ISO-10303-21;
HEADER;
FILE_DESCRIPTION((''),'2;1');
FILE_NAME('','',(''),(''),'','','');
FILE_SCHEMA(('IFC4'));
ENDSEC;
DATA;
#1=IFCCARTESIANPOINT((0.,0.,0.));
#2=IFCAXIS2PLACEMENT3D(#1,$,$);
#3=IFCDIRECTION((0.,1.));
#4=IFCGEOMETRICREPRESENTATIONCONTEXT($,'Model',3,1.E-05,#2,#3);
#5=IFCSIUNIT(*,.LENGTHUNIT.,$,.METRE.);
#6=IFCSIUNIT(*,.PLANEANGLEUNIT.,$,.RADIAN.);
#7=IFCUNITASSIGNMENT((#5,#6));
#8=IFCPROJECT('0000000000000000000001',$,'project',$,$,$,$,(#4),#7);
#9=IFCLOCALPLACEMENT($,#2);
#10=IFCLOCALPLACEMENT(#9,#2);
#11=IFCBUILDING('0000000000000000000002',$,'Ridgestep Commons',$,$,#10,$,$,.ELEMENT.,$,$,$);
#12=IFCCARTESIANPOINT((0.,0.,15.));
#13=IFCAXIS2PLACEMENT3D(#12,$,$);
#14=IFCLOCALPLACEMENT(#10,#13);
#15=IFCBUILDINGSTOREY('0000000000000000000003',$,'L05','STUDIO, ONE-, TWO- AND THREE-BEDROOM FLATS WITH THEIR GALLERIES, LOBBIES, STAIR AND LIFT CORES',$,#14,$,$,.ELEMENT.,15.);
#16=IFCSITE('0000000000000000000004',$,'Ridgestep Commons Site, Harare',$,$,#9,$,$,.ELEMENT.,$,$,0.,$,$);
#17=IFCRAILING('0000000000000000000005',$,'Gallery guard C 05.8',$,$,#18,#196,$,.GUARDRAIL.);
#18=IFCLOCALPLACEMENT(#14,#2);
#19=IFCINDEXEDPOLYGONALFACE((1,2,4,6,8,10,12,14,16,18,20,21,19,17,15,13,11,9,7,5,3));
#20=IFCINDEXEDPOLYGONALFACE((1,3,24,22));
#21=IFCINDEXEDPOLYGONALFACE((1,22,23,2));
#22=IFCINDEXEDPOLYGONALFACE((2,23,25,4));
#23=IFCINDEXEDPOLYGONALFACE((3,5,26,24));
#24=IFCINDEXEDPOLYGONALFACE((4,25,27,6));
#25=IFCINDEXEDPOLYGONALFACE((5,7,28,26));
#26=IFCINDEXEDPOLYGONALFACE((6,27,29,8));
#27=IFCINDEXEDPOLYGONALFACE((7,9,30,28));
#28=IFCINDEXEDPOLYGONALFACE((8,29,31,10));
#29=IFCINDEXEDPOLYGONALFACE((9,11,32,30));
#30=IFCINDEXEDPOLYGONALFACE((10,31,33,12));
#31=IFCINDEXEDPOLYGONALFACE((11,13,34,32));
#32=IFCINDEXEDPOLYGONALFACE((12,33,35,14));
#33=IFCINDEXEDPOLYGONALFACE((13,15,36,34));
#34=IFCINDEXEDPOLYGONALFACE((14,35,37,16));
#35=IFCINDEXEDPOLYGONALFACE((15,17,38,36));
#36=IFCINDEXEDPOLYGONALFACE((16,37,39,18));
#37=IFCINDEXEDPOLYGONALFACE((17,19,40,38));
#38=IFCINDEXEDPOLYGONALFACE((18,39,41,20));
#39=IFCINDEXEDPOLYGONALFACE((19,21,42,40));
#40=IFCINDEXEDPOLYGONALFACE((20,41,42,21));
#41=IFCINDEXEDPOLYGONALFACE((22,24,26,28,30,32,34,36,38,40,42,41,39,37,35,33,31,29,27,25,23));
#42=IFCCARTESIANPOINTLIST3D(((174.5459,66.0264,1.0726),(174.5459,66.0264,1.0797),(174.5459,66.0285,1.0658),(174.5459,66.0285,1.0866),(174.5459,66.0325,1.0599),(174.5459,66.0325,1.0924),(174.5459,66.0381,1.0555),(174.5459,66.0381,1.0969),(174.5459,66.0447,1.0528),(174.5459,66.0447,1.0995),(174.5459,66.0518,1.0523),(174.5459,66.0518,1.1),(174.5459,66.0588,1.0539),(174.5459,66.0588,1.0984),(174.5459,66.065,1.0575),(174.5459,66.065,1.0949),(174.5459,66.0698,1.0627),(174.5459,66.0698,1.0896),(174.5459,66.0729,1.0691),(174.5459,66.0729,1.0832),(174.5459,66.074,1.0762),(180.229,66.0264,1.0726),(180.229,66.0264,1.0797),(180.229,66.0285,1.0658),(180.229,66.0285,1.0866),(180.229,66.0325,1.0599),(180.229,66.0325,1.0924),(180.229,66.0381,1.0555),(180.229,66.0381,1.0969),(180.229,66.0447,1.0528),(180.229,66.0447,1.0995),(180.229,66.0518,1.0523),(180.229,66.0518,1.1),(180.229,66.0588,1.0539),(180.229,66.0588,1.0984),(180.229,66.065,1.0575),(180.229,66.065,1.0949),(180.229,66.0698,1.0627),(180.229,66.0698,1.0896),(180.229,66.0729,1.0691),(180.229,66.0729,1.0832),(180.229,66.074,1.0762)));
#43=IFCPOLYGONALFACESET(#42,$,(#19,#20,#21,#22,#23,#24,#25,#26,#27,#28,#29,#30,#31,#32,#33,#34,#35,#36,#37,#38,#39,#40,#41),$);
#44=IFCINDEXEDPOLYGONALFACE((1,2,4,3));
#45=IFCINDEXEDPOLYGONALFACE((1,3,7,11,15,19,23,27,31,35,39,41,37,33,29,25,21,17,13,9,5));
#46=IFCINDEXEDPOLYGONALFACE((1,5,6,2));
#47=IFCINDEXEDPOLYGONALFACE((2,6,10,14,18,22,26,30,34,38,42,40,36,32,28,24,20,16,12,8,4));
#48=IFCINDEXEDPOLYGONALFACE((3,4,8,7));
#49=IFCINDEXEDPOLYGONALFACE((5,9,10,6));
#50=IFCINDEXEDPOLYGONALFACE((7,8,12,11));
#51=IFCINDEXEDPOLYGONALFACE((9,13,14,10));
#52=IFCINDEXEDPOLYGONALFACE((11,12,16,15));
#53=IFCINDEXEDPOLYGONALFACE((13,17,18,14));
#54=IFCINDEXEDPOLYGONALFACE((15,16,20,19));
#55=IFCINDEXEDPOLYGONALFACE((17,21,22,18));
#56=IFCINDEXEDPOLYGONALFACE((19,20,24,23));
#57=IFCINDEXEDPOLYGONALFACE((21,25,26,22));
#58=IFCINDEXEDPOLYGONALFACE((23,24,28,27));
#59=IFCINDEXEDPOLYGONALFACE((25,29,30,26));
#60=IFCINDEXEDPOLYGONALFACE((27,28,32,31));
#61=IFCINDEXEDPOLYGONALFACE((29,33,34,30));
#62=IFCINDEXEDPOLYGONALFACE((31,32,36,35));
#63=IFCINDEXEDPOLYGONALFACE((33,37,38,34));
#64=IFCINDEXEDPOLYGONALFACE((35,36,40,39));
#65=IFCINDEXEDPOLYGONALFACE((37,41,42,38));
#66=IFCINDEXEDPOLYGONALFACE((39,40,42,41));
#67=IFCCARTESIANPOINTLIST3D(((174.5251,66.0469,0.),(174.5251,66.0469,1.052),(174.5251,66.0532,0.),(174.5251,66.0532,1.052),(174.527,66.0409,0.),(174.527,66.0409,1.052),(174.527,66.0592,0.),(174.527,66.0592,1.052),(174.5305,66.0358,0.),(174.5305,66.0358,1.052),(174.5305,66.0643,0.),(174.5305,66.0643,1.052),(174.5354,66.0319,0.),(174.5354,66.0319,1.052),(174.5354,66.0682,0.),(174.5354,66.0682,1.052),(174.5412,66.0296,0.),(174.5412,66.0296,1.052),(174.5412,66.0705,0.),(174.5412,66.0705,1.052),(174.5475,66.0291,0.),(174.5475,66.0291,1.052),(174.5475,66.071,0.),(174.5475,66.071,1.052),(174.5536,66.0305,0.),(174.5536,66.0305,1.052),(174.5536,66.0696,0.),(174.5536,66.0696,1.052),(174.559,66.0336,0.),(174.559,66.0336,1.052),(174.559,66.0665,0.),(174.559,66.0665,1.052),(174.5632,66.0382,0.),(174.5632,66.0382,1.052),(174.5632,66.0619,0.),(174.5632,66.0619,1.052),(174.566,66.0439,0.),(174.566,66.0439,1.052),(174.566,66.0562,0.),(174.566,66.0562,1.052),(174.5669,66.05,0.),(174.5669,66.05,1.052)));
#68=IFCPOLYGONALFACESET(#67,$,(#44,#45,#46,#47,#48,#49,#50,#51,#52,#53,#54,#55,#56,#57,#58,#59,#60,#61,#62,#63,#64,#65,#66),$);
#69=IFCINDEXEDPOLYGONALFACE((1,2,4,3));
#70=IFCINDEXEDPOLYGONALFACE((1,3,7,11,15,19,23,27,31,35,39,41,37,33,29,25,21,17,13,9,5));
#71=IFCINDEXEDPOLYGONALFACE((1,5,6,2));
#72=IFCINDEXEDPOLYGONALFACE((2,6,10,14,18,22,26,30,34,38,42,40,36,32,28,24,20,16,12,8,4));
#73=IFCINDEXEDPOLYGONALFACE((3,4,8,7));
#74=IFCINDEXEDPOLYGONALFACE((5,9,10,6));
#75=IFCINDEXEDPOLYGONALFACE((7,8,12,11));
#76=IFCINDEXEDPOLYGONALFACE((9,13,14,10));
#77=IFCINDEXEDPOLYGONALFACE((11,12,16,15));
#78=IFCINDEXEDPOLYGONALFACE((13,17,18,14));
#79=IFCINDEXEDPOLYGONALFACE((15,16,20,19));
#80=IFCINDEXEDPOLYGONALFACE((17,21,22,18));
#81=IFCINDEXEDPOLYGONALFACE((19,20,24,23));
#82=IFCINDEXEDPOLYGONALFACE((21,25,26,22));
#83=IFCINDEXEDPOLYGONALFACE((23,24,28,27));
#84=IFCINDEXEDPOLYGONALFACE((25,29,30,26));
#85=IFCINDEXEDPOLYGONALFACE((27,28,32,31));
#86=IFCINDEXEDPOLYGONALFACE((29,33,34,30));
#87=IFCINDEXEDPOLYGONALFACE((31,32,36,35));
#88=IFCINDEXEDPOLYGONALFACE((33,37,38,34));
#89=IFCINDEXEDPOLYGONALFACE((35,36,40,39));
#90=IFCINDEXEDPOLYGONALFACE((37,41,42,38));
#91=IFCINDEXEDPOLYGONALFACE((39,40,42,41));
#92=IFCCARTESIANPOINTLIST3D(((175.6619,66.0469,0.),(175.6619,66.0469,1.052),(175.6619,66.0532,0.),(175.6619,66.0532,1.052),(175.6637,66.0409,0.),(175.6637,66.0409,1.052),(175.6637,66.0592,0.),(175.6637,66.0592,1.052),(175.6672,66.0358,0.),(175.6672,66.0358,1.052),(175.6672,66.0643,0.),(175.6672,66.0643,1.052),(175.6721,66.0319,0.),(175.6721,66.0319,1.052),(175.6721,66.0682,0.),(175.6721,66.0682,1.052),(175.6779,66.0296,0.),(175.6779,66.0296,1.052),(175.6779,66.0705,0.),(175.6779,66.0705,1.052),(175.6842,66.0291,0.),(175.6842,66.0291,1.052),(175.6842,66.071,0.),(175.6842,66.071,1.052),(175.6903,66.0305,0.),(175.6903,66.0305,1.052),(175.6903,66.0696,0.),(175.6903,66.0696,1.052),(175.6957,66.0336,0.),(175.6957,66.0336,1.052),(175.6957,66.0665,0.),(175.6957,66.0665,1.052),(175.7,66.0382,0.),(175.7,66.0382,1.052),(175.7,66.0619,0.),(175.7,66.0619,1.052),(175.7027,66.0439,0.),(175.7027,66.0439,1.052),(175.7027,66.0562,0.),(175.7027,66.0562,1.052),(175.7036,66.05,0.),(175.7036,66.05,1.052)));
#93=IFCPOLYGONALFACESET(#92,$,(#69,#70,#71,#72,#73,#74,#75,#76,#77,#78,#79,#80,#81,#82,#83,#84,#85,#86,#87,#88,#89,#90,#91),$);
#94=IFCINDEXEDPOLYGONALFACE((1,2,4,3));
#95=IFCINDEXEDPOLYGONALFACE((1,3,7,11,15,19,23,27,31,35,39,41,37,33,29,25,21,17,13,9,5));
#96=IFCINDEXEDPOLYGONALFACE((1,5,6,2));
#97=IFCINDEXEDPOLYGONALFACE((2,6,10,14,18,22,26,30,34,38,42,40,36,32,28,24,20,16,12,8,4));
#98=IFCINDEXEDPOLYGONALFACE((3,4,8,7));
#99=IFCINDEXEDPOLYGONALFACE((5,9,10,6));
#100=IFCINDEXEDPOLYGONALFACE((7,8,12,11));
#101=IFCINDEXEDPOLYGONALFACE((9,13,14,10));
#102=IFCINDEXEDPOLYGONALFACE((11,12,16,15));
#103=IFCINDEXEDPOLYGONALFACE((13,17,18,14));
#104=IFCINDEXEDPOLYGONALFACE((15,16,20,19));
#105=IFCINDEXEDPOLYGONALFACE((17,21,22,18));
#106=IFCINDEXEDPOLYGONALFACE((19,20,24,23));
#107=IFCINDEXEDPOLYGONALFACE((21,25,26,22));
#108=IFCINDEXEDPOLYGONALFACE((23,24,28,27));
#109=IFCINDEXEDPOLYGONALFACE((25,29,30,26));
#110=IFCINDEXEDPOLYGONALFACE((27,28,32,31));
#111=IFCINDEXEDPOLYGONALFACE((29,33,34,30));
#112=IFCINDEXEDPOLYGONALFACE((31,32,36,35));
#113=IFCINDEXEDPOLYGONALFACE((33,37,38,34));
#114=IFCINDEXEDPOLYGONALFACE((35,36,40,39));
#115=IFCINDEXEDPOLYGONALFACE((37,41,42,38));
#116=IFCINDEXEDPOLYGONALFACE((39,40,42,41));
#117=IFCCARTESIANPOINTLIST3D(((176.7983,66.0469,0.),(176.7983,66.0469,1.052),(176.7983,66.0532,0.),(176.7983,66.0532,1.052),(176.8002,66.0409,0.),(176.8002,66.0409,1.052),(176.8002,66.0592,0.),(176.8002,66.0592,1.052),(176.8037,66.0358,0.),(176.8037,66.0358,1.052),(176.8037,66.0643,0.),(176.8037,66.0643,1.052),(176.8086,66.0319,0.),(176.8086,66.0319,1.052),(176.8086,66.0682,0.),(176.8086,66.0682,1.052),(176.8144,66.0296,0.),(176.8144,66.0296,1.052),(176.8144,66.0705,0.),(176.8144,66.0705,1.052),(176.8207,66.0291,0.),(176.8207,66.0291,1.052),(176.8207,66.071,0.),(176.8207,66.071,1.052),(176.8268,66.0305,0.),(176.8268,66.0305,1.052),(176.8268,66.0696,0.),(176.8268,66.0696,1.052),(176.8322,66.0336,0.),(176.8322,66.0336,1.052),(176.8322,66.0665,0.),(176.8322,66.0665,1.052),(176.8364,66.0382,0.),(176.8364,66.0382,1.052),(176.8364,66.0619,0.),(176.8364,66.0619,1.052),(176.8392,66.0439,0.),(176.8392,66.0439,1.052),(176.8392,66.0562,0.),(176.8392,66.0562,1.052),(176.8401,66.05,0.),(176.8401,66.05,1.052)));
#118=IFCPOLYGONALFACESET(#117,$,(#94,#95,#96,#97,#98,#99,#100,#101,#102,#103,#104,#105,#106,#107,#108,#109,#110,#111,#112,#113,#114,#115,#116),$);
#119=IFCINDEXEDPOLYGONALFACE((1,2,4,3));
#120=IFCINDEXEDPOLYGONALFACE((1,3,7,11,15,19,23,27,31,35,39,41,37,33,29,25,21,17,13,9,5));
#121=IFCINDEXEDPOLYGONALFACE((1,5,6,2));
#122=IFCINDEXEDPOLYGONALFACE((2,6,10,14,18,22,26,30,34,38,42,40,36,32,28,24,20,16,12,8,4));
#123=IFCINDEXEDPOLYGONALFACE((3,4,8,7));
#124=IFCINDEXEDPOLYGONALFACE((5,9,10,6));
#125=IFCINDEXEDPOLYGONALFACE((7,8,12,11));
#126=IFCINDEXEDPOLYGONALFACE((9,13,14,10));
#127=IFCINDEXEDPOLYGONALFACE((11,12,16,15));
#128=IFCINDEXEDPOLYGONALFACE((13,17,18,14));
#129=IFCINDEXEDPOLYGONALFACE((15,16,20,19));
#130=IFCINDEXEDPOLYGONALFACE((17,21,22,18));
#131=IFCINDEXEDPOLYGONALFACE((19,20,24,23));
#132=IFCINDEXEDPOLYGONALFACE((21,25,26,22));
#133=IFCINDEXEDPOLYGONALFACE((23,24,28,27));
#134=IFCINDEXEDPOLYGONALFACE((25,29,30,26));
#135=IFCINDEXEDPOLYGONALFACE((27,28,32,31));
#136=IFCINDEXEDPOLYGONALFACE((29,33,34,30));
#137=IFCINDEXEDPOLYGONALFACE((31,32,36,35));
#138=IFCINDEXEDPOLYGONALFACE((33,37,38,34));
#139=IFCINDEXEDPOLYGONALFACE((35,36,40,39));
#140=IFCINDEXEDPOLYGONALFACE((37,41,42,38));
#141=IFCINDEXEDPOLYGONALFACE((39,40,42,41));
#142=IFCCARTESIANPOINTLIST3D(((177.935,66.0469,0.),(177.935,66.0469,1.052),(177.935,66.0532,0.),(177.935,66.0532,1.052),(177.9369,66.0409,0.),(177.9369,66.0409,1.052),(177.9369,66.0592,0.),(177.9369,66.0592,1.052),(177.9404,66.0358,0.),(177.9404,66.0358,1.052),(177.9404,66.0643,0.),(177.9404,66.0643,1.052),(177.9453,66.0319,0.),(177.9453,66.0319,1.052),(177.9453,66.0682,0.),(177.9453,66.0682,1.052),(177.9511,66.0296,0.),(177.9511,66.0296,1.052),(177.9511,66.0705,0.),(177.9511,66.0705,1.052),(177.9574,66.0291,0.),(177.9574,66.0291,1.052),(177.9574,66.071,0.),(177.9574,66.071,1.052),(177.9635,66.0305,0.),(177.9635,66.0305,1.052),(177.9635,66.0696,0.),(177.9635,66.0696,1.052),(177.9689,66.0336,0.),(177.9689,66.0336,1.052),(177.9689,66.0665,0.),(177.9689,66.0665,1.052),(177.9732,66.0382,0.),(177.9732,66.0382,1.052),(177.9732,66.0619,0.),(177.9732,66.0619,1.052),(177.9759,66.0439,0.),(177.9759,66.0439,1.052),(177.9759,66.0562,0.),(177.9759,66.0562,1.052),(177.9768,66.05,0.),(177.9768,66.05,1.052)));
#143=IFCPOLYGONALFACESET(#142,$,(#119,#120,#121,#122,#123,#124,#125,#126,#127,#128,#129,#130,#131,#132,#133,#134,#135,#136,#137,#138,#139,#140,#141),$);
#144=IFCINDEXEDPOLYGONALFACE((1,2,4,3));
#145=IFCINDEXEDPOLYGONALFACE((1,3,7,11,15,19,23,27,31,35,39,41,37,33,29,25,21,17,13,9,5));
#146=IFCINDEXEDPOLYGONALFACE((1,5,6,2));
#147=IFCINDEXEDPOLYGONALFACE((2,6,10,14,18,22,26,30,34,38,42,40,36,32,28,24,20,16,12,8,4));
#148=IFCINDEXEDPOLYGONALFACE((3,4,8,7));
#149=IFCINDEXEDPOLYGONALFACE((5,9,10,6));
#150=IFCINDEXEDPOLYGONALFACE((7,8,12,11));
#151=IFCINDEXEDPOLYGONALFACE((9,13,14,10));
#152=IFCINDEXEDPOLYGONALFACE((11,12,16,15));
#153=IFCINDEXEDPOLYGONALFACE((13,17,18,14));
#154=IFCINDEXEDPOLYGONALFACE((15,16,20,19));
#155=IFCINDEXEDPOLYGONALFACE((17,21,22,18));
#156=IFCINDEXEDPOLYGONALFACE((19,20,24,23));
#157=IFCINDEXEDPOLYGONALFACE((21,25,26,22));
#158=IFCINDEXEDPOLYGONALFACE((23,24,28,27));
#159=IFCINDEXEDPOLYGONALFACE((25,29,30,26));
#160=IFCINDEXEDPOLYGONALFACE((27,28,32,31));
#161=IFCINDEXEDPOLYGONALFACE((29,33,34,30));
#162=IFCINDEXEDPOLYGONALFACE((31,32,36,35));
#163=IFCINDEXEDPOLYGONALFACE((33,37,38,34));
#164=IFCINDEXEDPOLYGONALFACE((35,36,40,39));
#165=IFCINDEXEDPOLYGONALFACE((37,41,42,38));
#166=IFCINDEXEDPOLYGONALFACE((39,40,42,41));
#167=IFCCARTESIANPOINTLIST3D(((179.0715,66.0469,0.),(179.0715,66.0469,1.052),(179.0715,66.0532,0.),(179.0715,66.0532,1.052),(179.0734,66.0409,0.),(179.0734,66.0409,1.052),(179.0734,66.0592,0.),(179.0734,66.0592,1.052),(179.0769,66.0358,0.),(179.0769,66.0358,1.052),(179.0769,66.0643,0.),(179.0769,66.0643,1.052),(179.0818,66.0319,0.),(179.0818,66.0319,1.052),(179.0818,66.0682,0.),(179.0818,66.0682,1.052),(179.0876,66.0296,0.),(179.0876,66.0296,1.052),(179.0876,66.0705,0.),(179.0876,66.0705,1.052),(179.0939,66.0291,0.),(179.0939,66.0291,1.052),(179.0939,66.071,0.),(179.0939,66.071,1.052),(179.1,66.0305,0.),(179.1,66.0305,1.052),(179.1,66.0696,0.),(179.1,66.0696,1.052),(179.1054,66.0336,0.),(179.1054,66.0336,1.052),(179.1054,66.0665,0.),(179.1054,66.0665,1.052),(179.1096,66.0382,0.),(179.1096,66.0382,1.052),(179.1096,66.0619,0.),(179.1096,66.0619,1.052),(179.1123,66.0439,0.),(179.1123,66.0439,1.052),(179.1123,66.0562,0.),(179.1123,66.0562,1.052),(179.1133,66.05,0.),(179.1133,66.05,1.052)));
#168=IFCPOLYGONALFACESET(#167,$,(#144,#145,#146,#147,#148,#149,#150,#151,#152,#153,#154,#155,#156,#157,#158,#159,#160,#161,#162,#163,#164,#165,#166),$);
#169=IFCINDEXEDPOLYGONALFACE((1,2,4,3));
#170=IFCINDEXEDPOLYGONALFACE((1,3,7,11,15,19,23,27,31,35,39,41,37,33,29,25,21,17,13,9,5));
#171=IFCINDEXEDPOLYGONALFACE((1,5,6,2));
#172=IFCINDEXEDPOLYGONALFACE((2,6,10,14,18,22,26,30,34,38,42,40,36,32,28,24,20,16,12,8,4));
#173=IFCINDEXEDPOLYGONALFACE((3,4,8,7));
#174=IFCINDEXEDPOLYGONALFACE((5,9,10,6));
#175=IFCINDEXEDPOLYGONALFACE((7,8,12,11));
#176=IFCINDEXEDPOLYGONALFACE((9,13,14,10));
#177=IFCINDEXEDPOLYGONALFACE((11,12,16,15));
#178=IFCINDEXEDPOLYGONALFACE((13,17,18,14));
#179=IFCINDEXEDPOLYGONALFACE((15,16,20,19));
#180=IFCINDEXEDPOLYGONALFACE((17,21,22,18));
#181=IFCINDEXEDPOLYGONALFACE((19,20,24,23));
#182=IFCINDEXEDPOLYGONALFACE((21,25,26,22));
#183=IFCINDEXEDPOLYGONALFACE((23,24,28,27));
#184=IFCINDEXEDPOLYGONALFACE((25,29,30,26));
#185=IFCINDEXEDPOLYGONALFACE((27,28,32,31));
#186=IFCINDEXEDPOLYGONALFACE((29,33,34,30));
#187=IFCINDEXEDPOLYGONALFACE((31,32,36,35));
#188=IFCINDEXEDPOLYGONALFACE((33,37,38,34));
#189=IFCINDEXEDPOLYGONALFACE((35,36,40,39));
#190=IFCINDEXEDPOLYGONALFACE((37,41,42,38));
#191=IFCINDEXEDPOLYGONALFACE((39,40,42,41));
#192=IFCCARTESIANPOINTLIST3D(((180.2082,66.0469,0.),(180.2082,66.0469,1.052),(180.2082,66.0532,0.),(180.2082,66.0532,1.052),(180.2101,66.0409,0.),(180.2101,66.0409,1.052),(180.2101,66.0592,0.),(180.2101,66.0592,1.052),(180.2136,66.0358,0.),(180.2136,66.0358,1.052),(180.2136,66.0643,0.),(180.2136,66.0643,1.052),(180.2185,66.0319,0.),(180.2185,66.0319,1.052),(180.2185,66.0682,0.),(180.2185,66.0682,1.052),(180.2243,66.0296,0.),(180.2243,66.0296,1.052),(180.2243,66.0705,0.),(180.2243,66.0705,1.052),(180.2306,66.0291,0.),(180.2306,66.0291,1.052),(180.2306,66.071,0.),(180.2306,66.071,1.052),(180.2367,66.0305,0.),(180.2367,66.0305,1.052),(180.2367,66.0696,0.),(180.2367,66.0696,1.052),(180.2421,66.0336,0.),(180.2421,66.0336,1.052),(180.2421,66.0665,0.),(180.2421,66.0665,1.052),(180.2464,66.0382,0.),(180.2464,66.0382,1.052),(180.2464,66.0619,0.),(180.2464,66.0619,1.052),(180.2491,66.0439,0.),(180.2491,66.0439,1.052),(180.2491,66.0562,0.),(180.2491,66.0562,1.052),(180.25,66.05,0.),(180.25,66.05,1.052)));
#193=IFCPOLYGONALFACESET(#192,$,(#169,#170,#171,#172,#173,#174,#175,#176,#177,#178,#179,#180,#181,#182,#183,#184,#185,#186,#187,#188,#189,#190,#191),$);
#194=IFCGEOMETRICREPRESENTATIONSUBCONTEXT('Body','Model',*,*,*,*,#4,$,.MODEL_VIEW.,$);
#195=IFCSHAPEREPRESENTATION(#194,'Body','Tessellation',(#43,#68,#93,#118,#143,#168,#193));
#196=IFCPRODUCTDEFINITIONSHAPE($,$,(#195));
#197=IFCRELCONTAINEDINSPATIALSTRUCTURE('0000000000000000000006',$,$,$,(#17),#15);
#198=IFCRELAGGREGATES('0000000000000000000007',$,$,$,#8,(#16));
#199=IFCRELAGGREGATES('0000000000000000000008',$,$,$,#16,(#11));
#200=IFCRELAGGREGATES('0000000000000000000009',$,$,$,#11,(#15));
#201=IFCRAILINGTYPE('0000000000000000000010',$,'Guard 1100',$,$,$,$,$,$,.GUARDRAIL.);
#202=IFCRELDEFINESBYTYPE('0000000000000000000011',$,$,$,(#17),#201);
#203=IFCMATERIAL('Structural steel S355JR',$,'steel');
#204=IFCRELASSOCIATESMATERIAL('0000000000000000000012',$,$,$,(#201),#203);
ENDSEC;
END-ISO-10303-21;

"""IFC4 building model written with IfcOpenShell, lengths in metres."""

from ifc_helpers import new_model, si_unit, direction, frame, origin, origin_2d, place, context, subcontext, project, spatial, circle, extrude, material, type_object, element, save


model = new_model("IFC4")

# Units and contexts
model_context = context("Model", 3, precision=1e-05, world=origin(), true_north=direction((0.0, 1.0)))
body_context = subcontext(model_context, "Body", "Model", "MODEL_VIEW")
ifc_project = project(units=[si_unit("LENGTHUNIT", "METRE"), si_unit("PLANEANGLEUNIT", "RADIAN")], contexts=[model_context])

# Site, building, storey
site_placement = place(None, origin())
site = spatial("IfcSite", under=ifc_project, at=site_placement, Name="Ridgestep Commons Site, Harare", CompositionType="ELEMENT", RefElevation=0.0)
building_placement = place(site_placement, origin())
building = spatial("IfcBuilding", under=site, at=building_placement, Name="Ridgestep Commons", CompositionType="ELEMENT")
storey_placement = place(building_placement, frame((0.0, 0.0, 15.0)))
storey = spatial("IfcBuildingStorey", under=building, at=storey_placement, Name="L05", Description="STUDIO, ONE-, TWO- AND THREE-BEDROOM FLATS WITH THEIR GALLERIES, LOBBIES, STAIR AND LIFT CORES", CompositionType="ELEMENT", Elevation=15.0)

# Railing
ifc_material_1 = material(Name="Structural steel S355JR", Category="steel")
railing_type_1 = type_object("IfcRailingType", Name="Guard 1100", PredefinedType="GUARDRAIL", material=ifc_material_1)
railing_1_placement = place(storey_placement, frame((174.5459, 66.05, 0.0)))
element("IfcRailing", 1, at=railing_1_placement, inside=storey, type_object=railing_type_1, Name="Gallery guard C 05.8", PredefinedType="GUARDRAIL", context=body_context, shape_type="SweptSolid", body=[
    extrude(circle(Radius=0.0239, at=origin_2d()), frame((0.0, 0.0, 1.0762), z_axis=(1.0, 0.0, 0.0), x_axis=(0.0, 1.0, 0.0)), (0.0, 0.0, 1.0), 5.6831),
    extrude(circle(Radius=0.021, at=origin_2d()), origin(), (0.0, 0.0, 1.0), 1.052),
    extrude(circle(Radius=0.021, at=origin_2d()), frame((1.1367, 0.0, 0.0)), (0.0, 0.0, 1.0), 1.052),
    extrude(circle(Radius=0.021, at=origin_2d()), frame((2.2732, 0.0, 0.0)), (0.0, 0.0, 1.0), 1.052),
    extrude(circle(Radius=0.021, at=origin_2d()), frame((3.4099, 0.0, 0.0)), (0.0, 0.0, 1.0), 1.052),
    extrude(circle(Radius=0.021, at=origin_2d()), frame((4.5464, 0.0, 0.0)), (0.0, 0.0, 1.0), 1.052),
    extrude(circle(Radius=0.021, at=origin_2d()), frame((5.6831, 0.0, 0.0)), (0.0, 0.0, 1.0), 1.052),
])

save(model, "model.ifc")
